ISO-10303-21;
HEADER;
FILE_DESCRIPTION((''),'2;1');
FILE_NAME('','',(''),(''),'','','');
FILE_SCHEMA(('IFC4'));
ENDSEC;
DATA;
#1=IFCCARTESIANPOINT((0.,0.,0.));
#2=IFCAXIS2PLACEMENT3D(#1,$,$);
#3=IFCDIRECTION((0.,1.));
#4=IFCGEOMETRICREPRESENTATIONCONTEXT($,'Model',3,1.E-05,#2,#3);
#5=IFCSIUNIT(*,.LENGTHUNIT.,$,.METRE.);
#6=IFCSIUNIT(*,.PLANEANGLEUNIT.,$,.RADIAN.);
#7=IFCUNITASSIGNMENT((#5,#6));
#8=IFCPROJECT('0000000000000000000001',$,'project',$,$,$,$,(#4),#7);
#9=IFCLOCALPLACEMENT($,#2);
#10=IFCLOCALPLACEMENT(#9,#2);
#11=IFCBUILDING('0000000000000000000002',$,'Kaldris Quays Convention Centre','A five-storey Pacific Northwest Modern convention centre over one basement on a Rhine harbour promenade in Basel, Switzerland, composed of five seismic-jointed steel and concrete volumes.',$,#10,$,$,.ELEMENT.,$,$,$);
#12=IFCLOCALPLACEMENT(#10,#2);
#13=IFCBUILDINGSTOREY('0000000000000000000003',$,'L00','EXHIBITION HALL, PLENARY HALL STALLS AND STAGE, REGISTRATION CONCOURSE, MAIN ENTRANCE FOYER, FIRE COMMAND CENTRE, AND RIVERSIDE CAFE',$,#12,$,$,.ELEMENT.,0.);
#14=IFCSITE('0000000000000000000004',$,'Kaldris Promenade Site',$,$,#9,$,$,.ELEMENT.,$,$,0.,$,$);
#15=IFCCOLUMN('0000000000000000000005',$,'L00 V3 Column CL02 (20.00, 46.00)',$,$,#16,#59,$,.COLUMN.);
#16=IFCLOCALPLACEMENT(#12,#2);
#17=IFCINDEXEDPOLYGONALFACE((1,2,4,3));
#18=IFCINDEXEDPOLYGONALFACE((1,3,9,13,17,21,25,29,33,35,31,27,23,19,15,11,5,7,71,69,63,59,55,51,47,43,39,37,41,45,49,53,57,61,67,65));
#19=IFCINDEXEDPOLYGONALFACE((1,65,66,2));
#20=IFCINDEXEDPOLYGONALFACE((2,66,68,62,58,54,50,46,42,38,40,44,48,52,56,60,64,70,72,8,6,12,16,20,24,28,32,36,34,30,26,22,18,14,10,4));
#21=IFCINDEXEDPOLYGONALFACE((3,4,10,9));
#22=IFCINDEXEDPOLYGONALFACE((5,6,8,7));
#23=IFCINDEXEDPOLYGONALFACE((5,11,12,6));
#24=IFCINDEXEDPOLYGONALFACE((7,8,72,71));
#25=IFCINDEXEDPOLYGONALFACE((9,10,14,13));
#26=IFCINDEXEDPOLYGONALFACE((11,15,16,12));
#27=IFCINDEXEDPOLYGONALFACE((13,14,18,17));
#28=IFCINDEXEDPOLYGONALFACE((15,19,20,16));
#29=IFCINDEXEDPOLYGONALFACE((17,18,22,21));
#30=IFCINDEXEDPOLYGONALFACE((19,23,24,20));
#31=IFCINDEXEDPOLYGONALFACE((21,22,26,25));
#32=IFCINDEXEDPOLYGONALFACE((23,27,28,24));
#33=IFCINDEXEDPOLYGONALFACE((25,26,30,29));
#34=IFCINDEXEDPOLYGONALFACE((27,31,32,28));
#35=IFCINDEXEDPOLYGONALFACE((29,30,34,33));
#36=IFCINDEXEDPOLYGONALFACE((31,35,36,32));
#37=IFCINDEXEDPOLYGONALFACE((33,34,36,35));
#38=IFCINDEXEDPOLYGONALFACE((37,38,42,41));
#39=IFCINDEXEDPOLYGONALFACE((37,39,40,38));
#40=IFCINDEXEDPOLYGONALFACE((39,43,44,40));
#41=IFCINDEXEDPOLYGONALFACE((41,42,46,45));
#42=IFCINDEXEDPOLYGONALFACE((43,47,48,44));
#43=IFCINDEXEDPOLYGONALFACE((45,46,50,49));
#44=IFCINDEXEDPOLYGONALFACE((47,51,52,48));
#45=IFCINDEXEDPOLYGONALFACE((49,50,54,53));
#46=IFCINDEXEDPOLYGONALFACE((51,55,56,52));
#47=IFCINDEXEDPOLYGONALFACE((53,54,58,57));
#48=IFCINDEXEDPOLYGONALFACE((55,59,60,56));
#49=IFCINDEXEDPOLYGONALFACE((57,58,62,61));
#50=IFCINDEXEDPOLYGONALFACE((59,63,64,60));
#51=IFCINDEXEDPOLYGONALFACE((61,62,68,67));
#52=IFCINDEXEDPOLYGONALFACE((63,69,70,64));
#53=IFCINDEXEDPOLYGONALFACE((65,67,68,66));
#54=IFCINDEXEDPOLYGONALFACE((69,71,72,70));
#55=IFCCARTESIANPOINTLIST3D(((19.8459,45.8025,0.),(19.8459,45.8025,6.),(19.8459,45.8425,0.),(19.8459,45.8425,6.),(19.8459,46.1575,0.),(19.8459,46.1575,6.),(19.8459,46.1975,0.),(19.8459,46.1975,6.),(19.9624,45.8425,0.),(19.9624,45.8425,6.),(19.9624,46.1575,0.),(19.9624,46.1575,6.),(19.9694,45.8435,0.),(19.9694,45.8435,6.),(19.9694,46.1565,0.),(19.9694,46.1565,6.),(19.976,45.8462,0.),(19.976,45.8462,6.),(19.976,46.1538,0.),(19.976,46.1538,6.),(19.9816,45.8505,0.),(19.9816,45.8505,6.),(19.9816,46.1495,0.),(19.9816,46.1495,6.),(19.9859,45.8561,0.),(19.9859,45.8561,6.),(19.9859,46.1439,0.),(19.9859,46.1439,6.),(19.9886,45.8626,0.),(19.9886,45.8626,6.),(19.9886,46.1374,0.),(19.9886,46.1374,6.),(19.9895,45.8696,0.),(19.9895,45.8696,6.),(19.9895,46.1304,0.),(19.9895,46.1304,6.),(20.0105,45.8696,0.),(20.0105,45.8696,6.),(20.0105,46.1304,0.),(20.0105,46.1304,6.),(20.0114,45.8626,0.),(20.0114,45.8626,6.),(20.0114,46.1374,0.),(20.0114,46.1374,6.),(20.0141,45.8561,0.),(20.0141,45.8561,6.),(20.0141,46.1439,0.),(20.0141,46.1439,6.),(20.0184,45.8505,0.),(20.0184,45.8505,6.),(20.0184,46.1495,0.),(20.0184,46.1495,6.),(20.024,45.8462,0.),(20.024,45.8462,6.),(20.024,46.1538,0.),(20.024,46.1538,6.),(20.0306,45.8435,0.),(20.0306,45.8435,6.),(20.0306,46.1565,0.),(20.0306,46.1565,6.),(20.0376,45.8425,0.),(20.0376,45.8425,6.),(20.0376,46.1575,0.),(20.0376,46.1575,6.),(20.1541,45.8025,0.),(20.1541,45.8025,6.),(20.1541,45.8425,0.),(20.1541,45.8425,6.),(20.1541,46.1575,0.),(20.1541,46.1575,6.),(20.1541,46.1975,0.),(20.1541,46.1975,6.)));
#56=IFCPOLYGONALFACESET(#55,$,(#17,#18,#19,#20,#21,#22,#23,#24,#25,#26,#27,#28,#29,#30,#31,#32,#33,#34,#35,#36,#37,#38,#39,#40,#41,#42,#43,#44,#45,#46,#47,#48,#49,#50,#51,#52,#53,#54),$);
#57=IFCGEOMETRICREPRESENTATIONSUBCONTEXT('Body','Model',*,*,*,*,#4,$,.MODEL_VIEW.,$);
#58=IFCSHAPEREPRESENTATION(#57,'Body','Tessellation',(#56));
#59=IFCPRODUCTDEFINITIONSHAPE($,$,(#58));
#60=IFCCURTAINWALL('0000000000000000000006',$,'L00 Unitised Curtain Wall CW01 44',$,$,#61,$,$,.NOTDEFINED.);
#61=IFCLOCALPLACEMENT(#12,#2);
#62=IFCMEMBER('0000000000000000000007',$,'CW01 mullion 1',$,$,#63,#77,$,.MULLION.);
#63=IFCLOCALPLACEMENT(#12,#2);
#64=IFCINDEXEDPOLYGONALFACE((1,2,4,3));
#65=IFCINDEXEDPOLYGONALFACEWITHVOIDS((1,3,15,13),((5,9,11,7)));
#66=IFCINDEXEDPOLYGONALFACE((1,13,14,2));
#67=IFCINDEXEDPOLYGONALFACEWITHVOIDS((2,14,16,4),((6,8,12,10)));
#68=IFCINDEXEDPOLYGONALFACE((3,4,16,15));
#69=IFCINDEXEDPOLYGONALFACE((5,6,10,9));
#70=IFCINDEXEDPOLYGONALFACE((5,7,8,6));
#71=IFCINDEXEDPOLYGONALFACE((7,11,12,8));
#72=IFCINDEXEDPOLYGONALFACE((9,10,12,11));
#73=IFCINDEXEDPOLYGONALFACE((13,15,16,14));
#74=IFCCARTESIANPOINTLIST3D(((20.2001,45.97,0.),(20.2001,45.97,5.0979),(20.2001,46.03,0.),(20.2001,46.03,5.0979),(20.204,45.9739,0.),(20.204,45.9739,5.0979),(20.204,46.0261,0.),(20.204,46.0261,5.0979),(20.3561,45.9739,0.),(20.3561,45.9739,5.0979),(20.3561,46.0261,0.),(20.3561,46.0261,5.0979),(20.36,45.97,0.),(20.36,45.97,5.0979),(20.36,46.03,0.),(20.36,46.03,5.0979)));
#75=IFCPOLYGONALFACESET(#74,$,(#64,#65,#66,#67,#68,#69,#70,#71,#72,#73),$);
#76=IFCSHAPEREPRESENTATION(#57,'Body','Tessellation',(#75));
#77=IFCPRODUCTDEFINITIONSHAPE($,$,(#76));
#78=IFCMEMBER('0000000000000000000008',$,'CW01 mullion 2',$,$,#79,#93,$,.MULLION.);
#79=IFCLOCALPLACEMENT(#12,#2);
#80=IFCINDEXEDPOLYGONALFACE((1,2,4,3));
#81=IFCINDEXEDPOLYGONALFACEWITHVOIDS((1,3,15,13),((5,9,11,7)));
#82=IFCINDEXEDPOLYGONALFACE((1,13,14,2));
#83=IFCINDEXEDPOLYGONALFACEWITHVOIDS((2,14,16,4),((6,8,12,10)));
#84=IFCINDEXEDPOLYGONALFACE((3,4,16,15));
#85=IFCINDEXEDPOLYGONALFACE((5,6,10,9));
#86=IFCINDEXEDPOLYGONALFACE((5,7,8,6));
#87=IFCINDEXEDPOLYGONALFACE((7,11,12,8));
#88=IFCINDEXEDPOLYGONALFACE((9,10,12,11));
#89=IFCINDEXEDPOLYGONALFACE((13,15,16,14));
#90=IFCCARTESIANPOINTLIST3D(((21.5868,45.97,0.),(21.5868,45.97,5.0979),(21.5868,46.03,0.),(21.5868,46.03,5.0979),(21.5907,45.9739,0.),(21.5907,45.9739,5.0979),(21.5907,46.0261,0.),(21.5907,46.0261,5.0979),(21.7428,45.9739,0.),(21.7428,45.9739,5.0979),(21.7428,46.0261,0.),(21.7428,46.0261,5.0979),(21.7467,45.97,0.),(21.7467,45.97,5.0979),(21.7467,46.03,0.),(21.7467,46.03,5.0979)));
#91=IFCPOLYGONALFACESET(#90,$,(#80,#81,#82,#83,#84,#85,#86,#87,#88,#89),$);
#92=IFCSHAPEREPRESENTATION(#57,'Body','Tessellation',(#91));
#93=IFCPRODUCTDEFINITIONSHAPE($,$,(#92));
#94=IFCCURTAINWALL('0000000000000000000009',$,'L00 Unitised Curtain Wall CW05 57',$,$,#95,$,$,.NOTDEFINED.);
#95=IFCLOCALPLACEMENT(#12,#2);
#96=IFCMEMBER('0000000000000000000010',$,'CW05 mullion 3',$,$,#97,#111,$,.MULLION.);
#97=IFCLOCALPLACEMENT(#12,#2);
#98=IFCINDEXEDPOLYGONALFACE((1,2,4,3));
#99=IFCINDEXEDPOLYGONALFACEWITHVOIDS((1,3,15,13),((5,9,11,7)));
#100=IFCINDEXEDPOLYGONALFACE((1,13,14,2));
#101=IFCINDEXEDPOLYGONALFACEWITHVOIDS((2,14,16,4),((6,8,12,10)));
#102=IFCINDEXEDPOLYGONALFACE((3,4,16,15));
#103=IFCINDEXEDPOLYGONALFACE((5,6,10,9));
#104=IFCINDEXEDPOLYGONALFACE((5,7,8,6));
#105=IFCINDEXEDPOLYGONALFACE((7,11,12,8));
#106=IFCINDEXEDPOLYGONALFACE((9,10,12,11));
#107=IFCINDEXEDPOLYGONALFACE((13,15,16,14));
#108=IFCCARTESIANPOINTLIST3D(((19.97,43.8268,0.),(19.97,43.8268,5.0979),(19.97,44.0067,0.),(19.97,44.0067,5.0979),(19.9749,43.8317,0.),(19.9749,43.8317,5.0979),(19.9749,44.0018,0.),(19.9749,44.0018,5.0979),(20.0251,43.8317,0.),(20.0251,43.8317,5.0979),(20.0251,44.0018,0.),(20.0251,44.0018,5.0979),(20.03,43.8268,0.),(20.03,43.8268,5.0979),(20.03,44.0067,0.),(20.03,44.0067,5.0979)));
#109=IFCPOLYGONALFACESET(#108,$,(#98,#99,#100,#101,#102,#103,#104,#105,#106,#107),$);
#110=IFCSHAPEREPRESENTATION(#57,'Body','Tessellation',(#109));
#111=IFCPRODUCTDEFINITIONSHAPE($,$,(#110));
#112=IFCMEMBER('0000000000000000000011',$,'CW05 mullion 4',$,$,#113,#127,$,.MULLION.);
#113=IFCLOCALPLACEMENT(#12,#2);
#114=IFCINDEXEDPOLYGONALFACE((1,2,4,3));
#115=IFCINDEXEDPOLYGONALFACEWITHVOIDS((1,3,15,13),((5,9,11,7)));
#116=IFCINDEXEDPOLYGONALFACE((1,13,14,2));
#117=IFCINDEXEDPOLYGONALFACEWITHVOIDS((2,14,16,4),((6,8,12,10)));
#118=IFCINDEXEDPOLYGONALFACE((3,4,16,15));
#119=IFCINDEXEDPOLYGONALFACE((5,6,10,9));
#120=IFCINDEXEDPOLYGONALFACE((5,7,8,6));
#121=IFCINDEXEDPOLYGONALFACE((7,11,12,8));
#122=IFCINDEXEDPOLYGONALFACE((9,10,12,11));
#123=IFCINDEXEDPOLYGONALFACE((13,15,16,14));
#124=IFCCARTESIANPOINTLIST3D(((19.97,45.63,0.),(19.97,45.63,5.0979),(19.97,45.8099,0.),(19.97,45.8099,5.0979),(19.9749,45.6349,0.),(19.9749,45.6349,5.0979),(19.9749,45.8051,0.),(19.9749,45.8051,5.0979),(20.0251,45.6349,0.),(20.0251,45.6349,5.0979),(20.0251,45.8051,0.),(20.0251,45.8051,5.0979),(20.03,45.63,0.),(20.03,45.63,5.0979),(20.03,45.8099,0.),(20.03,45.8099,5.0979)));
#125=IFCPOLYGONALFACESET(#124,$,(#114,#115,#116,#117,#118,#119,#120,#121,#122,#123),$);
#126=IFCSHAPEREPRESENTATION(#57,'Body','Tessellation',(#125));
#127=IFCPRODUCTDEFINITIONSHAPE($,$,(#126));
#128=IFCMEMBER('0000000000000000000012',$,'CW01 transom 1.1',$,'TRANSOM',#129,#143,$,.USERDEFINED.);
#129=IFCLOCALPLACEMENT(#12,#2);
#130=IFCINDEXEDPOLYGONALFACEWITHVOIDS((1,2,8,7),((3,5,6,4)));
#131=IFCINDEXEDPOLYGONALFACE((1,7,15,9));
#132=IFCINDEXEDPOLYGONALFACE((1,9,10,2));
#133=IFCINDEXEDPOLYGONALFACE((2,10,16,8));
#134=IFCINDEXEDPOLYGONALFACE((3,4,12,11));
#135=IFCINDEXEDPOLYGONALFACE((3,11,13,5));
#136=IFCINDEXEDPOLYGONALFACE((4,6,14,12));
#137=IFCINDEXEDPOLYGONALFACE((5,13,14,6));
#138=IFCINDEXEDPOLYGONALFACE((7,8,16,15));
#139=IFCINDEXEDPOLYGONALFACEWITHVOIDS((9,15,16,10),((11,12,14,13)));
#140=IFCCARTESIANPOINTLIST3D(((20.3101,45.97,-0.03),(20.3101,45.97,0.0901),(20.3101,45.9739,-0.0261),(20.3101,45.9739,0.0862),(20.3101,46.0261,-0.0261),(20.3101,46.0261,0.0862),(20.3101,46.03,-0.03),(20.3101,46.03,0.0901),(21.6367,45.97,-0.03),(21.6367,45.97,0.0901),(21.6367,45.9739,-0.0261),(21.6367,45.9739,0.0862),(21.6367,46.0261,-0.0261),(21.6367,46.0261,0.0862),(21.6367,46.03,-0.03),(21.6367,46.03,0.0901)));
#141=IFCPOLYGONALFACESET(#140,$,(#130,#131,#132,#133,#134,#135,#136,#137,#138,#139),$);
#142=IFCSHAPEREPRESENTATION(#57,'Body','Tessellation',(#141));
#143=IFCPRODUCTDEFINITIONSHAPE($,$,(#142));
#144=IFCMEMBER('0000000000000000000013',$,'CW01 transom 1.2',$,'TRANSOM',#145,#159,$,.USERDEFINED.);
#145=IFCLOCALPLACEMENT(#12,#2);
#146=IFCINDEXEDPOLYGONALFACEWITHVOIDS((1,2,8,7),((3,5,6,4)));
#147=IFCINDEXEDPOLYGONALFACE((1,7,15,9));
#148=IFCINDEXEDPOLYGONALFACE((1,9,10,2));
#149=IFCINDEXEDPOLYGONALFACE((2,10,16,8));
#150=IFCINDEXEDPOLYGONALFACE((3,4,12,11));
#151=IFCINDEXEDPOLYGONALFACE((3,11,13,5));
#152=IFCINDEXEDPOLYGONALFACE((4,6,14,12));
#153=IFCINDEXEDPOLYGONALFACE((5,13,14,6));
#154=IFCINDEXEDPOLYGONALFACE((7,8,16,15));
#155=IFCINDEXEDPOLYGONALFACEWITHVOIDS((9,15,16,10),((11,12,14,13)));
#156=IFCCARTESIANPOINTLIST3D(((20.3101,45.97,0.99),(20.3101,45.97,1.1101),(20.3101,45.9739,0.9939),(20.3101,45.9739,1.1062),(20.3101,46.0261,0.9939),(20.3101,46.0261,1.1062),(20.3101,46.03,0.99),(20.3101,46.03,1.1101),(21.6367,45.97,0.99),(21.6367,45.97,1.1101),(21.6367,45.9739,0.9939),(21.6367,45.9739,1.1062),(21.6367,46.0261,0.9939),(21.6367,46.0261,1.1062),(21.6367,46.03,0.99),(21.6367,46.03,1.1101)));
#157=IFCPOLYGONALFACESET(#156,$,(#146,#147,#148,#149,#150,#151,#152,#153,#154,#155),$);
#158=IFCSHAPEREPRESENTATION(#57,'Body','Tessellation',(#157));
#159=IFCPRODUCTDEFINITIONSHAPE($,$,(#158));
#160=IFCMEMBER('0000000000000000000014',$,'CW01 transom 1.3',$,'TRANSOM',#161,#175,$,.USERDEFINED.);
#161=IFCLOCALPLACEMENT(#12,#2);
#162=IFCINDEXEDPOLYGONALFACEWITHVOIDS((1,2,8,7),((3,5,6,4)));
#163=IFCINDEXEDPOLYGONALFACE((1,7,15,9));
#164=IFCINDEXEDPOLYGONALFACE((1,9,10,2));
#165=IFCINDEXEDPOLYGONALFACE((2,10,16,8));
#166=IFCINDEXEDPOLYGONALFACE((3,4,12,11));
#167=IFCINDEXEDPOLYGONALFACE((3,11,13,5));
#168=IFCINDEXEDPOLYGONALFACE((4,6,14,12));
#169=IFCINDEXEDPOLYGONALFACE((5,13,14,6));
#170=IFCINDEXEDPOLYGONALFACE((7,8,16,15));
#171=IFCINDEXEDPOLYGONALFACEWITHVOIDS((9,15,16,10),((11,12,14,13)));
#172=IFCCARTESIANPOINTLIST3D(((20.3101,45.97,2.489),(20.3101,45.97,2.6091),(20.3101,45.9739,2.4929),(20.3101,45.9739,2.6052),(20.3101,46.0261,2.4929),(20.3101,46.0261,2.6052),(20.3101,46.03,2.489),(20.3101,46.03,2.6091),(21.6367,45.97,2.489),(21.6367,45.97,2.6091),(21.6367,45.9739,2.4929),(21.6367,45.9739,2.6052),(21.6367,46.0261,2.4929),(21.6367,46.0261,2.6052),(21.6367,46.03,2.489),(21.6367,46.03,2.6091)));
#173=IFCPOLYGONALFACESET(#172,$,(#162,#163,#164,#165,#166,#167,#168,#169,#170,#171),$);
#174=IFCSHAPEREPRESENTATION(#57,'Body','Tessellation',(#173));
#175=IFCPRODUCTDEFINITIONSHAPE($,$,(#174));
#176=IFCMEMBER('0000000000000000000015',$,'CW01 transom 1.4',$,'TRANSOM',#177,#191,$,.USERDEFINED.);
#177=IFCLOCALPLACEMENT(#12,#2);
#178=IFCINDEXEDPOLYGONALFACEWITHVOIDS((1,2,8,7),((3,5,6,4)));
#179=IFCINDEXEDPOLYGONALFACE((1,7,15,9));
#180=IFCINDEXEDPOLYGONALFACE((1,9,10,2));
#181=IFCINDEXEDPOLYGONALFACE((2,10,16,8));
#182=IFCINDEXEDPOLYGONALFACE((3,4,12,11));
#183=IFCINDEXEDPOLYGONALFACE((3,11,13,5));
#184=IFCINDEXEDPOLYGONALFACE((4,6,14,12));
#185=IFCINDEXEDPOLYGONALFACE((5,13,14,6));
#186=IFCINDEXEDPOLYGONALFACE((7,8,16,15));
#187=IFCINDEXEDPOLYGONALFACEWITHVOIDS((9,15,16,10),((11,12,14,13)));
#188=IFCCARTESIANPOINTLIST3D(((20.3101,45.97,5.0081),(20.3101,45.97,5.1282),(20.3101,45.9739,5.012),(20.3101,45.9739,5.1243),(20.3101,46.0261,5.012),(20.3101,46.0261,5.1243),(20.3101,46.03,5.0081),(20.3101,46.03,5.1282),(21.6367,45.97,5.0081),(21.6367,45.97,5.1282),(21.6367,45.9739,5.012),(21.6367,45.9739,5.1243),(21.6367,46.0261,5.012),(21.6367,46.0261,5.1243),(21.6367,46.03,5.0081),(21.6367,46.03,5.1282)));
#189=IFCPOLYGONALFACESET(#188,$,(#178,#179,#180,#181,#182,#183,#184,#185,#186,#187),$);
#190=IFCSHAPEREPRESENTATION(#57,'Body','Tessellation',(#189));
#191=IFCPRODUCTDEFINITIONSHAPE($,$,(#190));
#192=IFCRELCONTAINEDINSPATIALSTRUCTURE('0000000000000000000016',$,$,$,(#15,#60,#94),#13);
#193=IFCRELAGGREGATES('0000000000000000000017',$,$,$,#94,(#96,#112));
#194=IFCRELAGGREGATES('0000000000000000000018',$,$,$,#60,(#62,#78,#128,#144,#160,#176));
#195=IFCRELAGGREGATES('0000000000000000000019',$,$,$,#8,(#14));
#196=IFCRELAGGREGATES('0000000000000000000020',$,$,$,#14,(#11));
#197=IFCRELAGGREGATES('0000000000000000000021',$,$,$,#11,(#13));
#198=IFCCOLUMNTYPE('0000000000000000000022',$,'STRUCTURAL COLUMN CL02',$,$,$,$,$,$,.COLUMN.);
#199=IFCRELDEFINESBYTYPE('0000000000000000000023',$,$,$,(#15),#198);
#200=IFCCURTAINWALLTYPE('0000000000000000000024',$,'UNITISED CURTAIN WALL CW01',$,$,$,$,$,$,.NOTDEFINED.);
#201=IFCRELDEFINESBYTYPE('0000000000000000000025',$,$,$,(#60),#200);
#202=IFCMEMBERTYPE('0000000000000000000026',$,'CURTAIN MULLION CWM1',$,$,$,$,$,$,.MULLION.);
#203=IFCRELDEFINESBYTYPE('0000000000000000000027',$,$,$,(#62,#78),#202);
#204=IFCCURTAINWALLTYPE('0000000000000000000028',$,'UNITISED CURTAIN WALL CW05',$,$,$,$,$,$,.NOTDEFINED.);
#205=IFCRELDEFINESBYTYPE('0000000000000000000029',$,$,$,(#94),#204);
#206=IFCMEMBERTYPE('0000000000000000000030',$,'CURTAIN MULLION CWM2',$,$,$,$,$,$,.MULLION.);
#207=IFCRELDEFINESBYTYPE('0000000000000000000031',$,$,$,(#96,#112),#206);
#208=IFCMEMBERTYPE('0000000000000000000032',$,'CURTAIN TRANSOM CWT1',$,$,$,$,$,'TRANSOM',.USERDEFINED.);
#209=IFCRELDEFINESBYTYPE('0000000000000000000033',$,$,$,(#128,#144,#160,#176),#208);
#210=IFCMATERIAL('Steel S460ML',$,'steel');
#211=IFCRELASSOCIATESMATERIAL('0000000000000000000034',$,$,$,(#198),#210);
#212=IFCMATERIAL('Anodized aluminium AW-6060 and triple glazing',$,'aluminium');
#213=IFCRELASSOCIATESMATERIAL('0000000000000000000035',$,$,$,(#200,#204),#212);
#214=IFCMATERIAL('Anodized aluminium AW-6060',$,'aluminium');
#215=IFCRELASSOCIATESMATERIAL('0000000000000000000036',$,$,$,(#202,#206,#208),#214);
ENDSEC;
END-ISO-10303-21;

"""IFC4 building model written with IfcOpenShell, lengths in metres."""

from ifc_helpers import new_model, si_unit, direction, frame, origin, origin_2d, place, context, subcontext, project, spatial, hollow_rectangle, i_section, extrude, material, material_profile, profile_set, type_object, element, aggregate, save


model = new_model("IFC4")

# Units and contexts
model_context = context("Model", 3, precision=1e-05, world=origin(), true_north=direction((0.0, 1.0)))
body_context = subcontext(model_context, "Body", "Model", "MODEL_VIEW")
ifc_project = project(units=[si_unit("LENGTHUNIT", "METRE"), si_unit("PLANEANGLEUNIT", "RADIAN")], contexts=[model_context])

# Site, building, storey
site_placement = place(None, origin())
site = spatial("IfcSite", under=ifc_project, at=site_placement, Name="Kaldris Promenade Site", CompositionType="ELEMENT", RefElevation=0.0)
building_placement = place(site_placement, origin())
building = spatial("IfcBuilding", under=site, at=building_placement, Name="Kaldris Quays Convention Centre", Description="A five-storey Pacific Northwest Modern convention centre over one basement on a Rhine harbour promenade in Basel, Switzerland, composed of five seismic-jointed steel and concrete volumes.", CompositionType="ELEMENT")
storey_placement = place(building_placement, origin())
storey = spatial("IfcBuildingStorey", under=building, at=storey_placement, Name="L00", Description="EXHIBITION HALL, PLENARY HALL STALLS AND STAGE, REGISTRATION CONCOURSE, MAIN ENTRANCE FOYER, FIRE COMMAND CENTRE, AND RIVERSIDE CAFE", CompositionType="ELEMENT", Elevation=0.0)

# Column
ifc_material_1 = material(Name="Steel S460ML", Category="steel")
ifc_material_profile_1 = material_profile(ifc_material_1, i_section(OverallWidth=0.3081, OverallDepth=0.395, WebThickness=0.021, FlangeThickness=0.04, FilletRadius=0.0271, at=origin_2d()), Name="HEM 360")
ifc_profile_set_1 = profile_set([ifc_material_profile_1], Name="Steel S460ML")
column_type = type_object("IfcColumnType", Name="STRUCTURAL COLUMN CL02", PredefinedType="COLUMN", material=ifc_profile_set_1)
column_placement = place(storey_placement, frame((20.0, 46.0, 0.0), z_axis=(0.0, 0.0, 1.0), x_axis=(1.0, 0.0, 0.0)))
element("IfcColumn", 1, at=column_placement, inside=storey, type_object=column_type, Name="L00 V3 Column CL02 (20.00, 46.00)", PredefinedType="COLUMN", context=body_context, shape_type="SweptSolid", body=[
    extrude(i_section(OverallWidth=0.3081, OverallDepth=0.395, WebThickness=0.021, FlangeThickness=0.04, FilletRadius=0.0271, at=origin_2d()), origin(), (0.0, 0.0, 1.0), 6.0),
])

# Curtain walls, members
ifc_material_2 = material(Name="Anodized aluminium AW-6060 and triple glazing", Category="aluminium")
curtain_wall_type_1 = type_object("IfcCurtainWallType", Name="UNITISED CURTAIN WALL CW01", PredefinedType="NOTDEFINED", material=ifc_material_2)
curtain_wall_1_placement = place(storey_placement, origin())
curtain_wall_1 = element("IfcCurtainWall", 2, at=curtain_wall_1_placement, inside=storey, type_object=curtain_wall_type_1, Name="L00 Unitised Curtain Wall CW01 44", PredefinedType="NOTDEFINED")
ifc_material_3 = material(Name="Anodized aluminium AW-6060", Category="aluminium")
ifc_material_profile_2 = material_profile(ifc_material_3, hollow_rectangle(XDim=0.0601, YDim=0.1599, WallThickness=0.0039, at=origin_2d()), Name="RHS 160x60x4")
ifc_profile_set_2 = profile_set([ifc_material_profile_2], Name="Anodized aluminium AW-6060")
member_type_1 = type_object("IfcMemberType", Name="CURTAIN MULLION CWM1", PredefinedType="MULLION", material=ifc_profile_set_2)
member_1_placement = place(storey_placement, frame((20.28, 46.0, 0.0), z_axis=(0.0, 0.0, 1.0), x_axis=(0.0, 1.0, 0.0)))
member_1 = element("IfcMember", 3, at=member_1_placement, type_object=member_type_1, Name="CW01 mullion 1", PredefinedType="MULLION", context=body_context, shape_type="SweptSolid", body=[
    extrude(hollow_rectangle(XDim=0.0601, YDim=0.1599, WallThickness=0.0039, at=origin_2d()), origin(), (0.0, 0.0, 1.0), 5.0979),
])
member_2_placement = place(storey_placement, frame((21.6667, 46.0, 0.0), z_axis=(0.0, 0.0, 1.0), x_axis=(0.0, 1.0, 0.0)))
member_2 = element("IfcMember", 4, at=member_2_placement, type_object=member_type_1, Name="CW01 mullion 2", PredefinedType="MULLION", context=body_context, shape_type="SweptSolid", body=[
    extrude(hollow_rectangle(XDim=0.0601, YDim=0.1599, WallThickness=0.0039, at=origin_2d()), origin(), (0.0, 0.0, 1.0), 5.0979),
])
curtain_wall_type_2 = type_object("IfcCurtainWallType", Name="UNITISED CURTAIN WALL CW05", PredefinedType="NOTDEFINED", material=ifc_material_2)
curtain_wall_2_placement = place(storey_placement, origin())
curtain_wall_2 = element("IfcCurtainWall", 5, at=curtain_wall_2_placement, inside=storey, type_object=curtain_wall_type_2, Name="L00 Unitised Curtain Wall CW05 57", PredefinedType="NOTDEFINED")
ifc_material_profile_3 = material_profile(ifc_material_3, hollow_rectangle(XDim=0.0601, YDim=0.1799, WallThickness=0.0049, at=origin_2d()), Name="RHS 180x60x5")
ifc_profile_set_3 = profile_set([ifc_material_profile_3], Name="Anodized aluminium AW-6060")
member_type_2 = type_object("IfcMemberType", Name="CURTAIN MULLION CWM2", PredefinedType="MULLION", material=ifc_profile_set_3)
member_3_placement = place(storey_placement, frame((20.0, 43.9167, 0.0), z_axis=(0.0, 0.0, 1.0), x_axis=(-1.0, 0.0, 0.0)))
member_3 = element("IfcMember", 6, at=member_3_placement, type_object=member_type_2, Name="CW05 mullion 3", PredefinedType="MULLION", context=body_context, shape_type="SweptSolid", body=[
    extrude(hollow_rectangle(XDim=0.0601, YDim=0.1799, WallThickness=0.0049, at=origin_2d()), origin(), (0.0, 0.0, 1.0), 5.0979),
])
member_4_placement = place(storey_placement, frame((20.0, 45.72, 0.0), z_axis=(0.0, 0.0, 1.0), x_axis=(-1.0, 0.0, 0.0)))
member_4 = element("IfcMember", 7, at=member_4_placement, type_object=member_type_2, Name="CW05 mullion 4", PredefinedType="MULLION", context=body_context, shape_type="SweptSolid", body=[
    extrude(hollow_rectangle(XDim=0.0601, YDim=0.1799, WallThickness=0.0049, at=origin_2d()), origin(), (0.0, 0.0, 1.0), 5.0979),
])

# Members
ifc_material_profile_4 = material_profile(ifc_material_3, hollow_rectangle(XDim=0.0601, YDim=0.1201, WallThickness=0.0039, at=origin_2d()), Name="RHS 120x60x4")
ifc_profile_set_4 = profile_set([ifc_material_profile_4], Name="Anodized aluminium AW-6060")
member_type_3 = type_object("IfcMemberType", Name="CURTAIN TRANSOM CWT1", ElementType="TRANSOM", PredefinedType="USERDEFINED", material=ifc_profile_set_4)
member_5_placement = place(storey_placement, frame((20.3101, 46.0, 0.03), z_axis=(1.0, 0.0, 0.0), x_axis=(0.0, 1.0, 0.0)))
member_5 = element("IfcMember", 8, at=member_5_placement, type_object=member_type_3, Name="CW01 transom 1.1", ObjectType="TRANSOM", PredefinedType="USERDEFINED", context=body_context, shape_type="SweptSolid", body=[
    extrude(hollow_rectangle(XDim=0.0601, YDim=0.1201, WallThickness=0.0039, at=origin_2d()), origin(), (0.0, 0.0, 1.0), 1.3267),
])
member_6_placement = place(storey_placement, frame((20.3101, 46.0, 1.05), z_axis=(1.0, 0.0, 0.0), x_axis=(0.0, 1.0, 0.0)))
member_6 = element("IfcMember", 9, at=member_6_placement, type_object=member_type_3, Name="CW01 transom 1.2", ObjectType="TRANSOM", PredefinedType="USERDEFINED", context=body_context, shape_type="SweptSolid", body=[
    extrude(hollow_rectangle(XDim=0.0601, YDim=0.1201, WallThickness=0.0039, at=origin_2d()), origin(), (0.0, 0.0, 1.0), 1.3267),
])
member_7_placement = place(storey_placement, frame((20.3101, 46.0, 2.5491), z_axis=(1.0, 0.0, 0.0), x_axis=(0.0, 1.0, 0.0)))
member_7 = element("IfcMember", 10, at=member_7_placement, type_object=member_type_3, Name="CW01 transom 1.3", ObjectType="TRANSOM", PredefinedType="USERDEFINED", context=body_context, shape_type="SweptSolid", body=[
    extrude(hollow_rectangle(XDim=0.0601, YDim=0.1201, WallThickness=0.0039, at=origin_2d()), origin(), (0.0, 0.0, 1.0), 1.3267),
])
member_8_placement = place(storey_placement, frame((20.3101, 46.0, 5.0681), z_axis=(1.0, 0.0, 0.0), x_axis=(0.0, 1.0, 0.0)))
member_8 = element("IfcMember", 11, at=member_8_placement, type_object=member_type_3, Name="CW01 transom 1.4", ObjectType="TRANSOM", PredefinedType="USERDEFINED", context=body_context, shape_type="SweptSolid", body=[
    extrude(hollow_rectangle(XDim=0.0601, YDim=0.1201, WallThickness=0.0039, at=origin_2d()), origin(), (0.0, 0.0, 1.0), 1.3267),
])

aggregate(curtain_wall_2, [member_3, member_4])
aggregate(curtain_wall_1, [member_1, member_2, member_5, member_6, member_7, member_8])

save(model, "model.ifc")
